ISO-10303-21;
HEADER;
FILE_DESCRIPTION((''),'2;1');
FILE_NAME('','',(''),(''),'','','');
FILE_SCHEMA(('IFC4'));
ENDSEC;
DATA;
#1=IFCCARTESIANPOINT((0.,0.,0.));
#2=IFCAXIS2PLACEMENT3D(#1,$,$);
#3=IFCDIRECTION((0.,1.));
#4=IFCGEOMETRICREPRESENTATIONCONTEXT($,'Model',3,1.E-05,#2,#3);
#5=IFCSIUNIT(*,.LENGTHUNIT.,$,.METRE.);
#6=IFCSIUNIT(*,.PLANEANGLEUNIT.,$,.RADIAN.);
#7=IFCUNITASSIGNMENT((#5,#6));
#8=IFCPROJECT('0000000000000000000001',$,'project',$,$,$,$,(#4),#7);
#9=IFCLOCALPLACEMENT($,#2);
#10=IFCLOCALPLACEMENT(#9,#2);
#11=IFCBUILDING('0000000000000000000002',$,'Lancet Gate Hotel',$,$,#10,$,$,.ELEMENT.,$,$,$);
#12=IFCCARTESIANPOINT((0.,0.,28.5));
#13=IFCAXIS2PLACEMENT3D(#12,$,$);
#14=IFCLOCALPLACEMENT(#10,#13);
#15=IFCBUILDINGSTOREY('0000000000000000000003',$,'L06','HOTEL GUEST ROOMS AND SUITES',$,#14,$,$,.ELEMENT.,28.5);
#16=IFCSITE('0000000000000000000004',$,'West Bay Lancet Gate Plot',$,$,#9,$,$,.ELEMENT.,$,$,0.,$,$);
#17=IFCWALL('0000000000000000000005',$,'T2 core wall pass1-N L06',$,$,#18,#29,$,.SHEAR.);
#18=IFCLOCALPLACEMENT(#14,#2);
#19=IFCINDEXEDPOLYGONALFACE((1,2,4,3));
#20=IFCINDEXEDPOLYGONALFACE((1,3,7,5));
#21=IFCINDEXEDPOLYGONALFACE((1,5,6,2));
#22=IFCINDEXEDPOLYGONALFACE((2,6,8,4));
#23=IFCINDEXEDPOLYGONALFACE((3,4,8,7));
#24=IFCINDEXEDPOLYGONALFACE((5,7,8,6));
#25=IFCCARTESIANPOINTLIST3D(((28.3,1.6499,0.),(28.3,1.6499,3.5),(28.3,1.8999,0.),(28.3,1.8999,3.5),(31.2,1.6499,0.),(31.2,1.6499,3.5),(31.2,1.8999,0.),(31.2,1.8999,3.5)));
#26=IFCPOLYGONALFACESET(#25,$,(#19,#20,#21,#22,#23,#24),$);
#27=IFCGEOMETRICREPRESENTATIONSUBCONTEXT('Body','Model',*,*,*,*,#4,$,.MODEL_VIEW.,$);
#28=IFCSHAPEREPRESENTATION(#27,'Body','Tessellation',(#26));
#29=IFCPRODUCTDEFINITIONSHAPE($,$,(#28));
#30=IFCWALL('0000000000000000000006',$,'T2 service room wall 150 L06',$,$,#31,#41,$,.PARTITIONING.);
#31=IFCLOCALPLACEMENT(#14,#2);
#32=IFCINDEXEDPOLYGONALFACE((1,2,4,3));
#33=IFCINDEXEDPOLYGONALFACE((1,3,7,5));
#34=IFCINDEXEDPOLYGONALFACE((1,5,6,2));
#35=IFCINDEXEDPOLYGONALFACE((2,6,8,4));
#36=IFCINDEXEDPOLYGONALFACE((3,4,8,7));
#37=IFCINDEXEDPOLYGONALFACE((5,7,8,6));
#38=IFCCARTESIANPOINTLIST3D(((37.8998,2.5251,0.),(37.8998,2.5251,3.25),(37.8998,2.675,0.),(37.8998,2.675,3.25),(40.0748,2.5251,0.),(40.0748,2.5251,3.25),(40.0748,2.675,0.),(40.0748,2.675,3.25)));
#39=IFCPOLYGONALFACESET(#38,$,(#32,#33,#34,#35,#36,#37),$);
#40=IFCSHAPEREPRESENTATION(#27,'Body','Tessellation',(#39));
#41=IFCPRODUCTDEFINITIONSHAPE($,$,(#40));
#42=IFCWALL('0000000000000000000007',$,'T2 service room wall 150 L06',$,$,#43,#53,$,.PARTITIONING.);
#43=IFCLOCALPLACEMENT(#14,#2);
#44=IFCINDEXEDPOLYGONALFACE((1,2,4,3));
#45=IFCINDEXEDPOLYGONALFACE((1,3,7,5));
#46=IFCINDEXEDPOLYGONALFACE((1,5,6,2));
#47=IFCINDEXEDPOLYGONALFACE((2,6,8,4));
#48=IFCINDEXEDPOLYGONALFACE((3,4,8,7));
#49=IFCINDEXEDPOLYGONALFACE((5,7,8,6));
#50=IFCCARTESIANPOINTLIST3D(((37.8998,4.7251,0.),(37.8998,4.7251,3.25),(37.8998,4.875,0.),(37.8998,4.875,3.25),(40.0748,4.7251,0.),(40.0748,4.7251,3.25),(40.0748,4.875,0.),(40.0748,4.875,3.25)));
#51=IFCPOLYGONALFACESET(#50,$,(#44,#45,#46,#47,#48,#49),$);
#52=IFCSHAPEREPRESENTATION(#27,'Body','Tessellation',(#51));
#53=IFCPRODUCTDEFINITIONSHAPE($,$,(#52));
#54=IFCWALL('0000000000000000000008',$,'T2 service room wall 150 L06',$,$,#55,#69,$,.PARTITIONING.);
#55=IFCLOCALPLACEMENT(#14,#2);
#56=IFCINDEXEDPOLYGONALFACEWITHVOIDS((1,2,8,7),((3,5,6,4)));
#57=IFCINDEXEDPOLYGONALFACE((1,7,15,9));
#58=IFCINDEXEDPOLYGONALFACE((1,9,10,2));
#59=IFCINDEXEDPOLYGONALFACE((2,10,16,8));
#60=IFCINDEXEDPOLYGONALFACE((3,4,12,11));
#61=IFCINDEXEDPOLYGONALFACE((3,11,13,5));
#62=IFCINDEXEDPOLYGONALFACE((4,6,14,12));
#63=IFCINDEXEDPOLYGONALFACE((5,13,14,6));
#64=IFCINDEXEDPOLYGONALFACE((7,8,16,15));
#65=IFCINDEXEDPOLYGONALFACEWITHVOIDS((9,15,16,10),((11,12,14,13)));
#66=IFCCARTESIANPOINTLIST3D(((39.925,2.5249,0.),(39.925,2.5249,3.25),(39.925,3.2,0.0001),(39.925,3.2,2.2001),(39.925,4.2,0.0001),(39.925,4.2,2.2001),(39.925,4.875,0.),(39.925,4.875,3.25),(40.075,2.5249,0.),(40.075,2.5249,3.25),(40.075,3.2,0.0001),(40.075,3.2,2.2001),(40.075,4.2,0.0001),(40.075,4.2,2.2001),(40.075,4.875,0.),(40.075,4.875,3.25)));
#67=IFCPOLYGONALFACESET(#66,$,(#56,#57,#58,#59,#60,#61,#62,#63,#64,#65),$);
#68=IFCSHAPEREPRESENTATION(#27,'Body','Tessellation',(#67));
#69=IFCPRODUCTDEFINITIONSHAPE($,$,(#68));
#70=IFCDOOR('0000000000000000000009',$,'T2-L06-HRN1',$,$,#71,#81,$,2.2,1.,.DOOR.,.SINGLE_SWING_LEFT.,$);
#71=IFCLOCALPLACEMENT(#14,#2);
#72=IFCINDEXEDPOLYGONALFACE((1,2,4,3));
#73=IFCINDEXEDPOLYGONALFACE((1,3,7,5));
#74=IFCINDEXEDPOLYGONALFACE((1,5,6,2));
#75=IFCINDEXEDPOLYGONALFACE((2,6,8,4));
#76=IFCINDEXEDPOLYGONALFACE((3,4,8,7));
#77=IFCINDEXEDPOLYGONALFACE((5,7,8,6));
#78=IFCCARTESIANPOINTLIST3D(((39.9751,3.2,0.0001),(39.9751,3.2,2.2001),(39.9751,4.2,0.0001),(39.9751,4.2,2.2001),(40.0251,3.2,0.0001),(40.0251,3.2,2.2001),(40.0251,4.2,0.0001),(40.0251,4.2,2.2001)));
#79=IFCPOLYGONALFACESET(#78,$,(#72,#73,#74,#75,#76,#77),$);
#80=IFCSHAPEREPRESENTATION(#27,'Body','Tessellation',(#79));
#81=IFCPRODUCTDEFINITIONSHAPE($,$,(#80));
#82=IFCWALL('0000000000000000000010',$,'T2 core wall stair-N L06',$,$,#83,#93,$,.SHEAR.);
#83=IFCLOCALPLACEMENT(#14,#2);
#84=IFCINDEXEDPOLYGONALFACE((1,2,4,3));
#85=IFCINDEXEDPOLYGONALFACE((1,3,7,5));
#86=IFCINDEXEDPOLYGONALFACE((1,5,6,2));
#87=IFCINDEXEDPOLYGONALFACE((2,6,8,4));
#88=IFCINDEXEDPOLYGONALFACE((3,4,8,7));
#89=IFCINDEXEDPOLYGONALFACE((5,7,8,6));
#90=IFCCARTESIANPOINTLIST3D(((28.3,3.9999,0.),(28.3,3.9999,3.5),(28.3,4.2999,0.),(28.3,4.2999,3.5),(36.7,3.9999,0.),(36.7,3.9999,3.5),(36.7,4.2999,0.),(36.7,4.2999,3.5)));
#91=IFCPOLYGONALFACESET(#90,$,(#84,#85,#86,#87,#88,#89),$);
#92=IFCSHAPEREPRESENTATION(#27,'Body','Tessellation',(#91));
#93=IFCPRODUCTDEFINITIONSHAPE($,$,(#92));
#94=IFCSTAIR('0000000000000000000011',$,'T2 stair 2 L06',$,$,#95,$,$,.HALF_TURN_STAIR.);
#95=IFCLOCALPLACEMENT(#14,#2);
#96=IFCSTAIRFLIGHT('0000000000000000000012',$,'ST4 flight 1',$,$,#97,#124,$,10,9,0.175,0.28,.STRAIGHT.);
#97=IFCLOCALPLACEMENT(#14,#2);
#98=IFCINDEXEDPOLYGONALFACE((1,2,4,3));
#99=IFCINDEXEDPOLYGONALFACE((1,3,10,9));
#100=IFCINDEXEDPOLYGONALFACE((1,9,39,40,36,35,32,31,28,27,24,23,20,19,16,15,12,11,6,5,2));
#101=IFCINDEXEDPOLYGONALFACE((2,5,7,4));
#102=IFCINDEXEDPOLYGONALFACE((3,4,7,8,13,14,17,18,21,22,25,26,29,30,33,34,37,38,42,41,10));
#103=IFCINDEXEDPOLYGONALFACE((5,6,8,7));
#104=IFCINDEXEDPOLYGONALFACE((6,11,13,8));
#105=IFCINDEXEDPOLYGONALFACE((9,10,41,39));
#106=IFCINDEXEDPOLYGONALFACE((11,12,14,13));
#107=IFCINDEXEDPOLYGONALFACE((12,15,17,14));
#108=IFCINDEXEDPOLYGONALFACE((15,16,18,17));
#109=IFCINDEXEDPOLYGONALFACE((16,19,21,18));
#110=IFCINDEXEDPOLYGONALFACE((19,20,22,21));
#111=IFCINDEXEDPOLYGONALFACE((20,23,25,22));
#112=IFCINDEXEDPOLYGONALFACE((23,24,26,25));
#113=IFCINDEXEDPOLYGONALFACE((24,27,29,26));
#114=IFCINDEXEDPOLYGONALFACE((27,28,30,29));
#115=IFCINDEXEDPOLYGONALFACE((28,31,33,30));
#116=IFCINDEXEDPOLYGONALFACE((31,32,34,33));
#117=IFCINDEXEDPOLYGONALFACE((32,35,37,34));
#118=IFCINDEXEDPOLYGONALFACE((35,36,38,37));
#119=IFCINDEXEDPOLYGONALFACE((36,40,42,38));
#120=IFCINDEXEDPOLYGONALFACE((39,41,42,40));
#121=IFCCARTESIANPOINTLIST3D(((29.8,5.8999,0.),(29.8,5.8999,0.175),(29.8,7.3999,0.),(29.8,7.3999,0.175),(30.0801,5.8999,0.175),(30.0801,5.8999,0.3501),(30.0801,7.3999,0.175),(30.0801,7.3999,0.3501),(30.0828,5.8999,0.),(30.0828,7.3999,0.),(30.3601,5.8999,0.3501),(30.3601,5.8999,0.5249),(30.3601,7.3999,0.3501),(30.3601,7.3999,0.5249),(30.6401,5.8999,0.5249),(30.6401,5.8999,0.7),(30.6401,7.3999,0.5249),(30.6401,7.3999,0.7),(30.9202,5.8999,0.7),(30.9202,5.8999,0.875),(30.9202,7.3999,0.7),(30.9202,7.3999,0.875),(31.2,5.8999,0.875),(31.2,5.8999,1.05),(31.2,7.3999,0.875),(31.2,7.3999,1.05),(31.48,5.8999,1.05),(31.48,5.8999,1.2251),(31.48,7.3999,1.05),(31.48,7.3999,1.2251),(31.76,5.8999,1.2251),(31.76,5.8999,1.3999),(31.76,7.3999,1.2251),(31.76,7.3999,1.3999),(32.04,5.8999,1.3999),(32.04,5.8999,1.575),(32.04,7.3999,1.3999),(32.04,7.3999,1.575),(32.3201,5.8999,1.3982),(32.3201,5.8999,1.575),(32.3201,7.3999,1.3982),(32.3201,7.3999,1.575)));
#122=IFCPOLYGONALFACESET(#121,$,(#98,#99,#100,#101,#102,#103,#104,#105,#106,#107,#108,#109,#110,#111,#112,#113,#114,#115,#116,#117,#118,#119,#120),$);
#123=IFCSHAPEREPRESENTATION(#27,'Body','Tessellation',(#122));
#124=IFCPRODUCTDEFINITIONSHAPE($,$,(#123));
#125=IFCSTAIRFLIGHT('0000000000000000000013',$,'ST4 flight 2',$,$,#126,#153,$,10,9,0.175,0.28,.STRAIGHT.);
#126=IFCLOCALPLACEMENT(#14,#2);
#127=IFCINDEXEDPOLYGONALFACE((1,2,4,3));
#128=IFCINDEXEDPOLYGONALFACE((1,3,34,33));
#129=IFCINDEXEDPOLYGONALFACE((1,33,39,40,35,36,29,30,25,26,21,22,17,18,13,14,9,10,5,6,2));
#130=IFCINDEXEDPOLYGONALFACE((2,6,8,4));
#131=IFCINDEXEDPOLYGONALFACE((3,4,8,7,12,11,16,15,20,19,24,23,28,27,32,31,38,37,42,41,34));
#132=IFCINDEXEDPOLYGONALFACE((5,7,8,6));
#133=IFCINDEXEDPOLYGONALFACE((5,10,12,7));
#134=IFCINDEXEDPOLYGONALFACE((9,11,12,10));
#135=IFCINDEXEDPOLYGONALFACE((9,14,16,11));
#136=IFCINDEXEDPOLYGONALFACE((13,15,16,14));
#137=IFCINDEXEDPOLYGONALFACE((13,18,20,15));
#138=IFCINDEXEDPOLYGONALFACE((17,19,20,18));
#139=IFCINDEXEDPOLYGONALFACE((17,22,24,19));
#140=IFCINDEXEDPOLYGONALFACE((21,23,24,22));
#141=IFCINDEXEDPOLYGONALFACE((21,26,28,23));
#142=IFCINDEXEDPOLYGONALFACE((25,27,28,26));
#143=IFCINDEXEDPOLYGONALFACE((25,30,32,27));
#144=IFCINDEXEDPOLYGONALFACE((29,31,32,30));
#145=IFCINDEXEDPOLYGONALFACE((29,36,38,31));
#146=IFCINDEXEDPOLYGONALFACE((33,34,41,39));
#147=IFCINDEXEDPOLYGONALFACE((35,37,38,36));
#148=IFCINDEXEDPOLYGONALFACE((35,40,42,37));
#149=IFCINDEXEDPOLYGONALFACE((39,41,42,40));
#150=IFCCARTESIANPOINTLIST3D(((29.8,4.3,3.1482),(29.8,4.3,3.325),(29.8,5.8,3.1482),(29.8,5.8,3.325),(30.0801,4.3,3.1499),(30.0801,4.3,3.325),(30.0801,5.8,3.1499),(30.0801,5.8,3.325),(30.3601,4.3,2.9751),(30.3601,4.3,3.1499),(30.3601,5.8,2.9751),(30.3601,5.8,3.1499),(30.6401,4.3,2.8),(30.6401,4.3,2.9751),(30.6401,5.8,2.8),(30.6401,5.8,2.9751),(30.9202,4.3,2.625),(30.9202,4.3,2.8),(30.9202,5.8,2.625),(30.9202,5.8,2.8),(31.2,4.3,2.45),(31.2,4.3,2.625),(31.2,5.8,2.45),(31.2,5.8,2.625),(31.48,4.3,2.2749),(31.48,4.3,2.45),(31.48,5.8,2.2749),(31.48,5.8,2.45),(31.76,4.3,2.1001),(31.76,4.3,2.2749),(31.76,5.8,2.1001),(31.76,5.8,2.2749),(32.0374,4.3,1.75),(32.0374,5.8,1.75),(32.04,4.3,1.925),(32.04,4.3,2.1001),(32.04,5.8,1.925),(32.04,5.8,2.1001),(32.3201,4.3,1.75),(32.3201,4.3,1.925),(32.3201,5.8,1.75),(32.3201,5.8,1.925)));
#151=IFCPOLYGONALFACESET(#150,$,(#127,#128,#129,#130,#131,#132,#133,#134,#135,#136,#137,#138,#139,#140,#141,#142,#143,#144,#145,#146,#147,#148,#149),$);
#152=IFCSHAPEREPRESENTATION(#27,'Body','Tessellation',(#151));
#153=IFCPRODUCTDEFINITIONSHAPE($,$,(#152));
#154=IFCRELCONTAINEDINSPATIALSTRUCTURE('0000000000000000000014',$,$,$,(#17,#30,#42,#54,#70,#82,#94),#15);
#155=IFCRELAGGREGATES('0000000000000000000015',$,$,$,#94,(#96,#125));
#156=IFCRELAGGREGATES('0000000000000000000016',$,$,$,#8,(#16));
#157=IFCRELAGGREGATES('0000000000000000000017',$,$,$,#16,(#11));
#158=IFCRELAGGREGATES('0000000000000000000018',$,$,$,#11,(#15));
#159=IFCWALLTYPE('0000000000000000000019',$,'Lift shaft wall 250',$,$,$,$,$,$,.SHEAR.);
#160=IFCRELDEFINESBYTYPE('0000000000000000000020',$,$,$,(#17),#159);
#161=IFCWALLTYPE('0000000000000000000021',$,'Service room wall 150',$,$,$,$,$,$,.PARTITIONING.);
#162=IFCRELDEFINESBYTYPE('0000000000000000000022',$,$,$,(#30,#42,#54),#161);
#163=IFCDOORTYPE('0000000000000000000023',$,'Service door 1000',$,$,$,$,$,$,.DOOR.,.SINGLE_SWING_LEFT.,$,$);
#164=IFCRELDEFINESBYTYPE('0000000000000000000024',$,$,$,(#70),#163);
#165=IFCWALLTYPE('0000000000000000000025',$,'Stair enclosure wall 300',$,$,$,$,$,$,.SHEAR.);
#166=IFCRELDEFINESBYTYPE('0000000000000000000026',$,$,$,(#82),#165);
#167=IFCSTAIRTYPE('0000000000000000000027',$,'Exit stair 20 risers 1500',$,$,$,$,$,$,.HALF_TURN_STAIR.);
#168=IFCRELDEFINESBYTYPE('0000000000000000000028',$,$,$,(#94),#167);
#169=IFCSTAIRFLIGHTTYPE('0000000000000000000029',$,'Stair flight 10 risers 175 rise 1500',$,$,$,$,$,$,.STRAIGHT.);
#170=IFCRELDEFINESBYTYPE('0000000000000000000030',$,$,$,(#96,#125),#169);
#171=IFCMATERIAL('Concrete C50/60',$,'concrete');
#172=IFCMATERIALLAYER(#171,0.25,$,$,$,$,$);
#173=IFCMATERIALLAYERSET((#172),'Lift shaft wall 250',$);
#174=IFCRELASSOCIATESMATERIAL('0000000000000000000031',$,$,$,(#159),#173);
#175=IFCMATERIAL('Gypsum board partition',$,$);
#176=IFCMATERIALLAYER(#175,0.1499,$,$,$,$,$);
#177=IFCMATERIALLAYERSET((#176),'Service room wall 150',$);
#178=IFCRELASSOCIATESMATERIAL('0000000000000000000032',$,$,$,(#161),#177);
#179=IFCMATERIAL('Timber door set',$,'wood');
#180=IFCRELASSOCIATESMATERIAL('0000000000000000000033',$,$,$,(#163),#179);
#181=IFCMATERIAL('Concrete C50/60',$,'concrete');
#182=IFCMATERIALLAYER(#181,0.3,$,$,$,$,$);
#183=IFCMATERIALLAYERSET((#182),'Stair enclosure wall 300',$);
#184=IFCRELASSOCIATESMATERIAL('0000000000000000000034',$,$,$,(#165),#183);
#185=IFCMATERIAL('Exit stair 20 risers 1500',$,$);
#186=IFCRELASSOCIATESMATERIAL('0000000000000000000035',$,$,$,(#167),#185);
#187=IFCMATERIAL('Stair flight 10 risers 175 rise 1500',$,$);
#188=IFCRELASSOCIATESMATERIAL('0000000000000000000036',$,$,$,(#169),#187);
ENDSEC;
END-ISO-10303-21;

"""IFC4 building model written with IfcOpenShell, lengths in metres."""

from ifc_helpers import new_model, si_unit, direction, frame, frame_2d, origin, place, context, subcontext, project, spatial, polyline, rectangle, outline, extrude, material, layer, layer_set, type_object, element, fill, aggregate, save


model = new_model("IFC4")

# Units and contexts
model_context = context("Model", 3, precision=1e-05, world=origin(), true_north=direction((0.0, 1.0)))
body_context = subcontext(model_context, "Body", "Model", "MODEL_VIEW")
ifc_project = project(units=[si_unit("LENGTHUNIT", "METRE"), si_unit("PLANEANGLEUNIT", "RADIAN")], contexts=[model_context])

# Site, building, storey
site_placement = place(None, origin())
site = spatial("IfcSite", under=ifc_project, at=site_placement, Name="West Bay Lancet Gate Plot", CompositionType="ELEMENT", RefElevation=0.0)
building_placement = place(site_placement, origin())
building = spatial("IfcBuilding", under=site, at=building_placement, Name="Lancet Gate Hotel", CompositionType="ELEMENT")
storey_placement = place(building_placement, frame((0.0, 0.0, 28.5)))
storey = spatial("IfcBuildingStorey", under=building, at=storey_placement, Name="L06", Description="HOTEL GUEST ROOMS AND SUITES", CompositionType="ELEMENT", Elevation=28.5)

# Shared definitions
ifc_material_1 = material(Name="Concrete C50/60", Category="concrete")
ifc_layer_1 = layer(ifc_material_1, 0.25)
ifc_layer_set_1 = layer_set([ifc_layer_1], Name="Lift shaft wall 250")
wall_type_1 = type_object("IfcWallType", Name="Lift shaft wall 250", PredefinedType="SHEAR", material=ifc_layer_set_1)

# Walls
wall_1_placement = place(storey_placement, frame((28.3, 1.7749, 0.0), z_axis=(0.0, 0.0, 1.0), x_axis=(1.0, 0.0, 0.0)))
element("IfcWall", 1, at=wall_1_placement, inside=storey, type_object=wall_type_1, Name="T2 core wall pass1-N L06", PredefinedType="SHEAR", context=body_context, shape_type="SweptSolid", body=[
    extrude(rectangle(XDim=2.8999, YDim=0.25, at=frame_2d((1.45, 0.0))), origin(), (0.0, 0.0, 1.0), 3.5),
])
ifc_material_2 = material(Name="Gypsum board partition")
ifc_layer_2 = layer(ifc_material_2, 0.1499)
ifc_layer_set_2 = layer_set([ifc_layer_2], Name="Service room wall 150")
wall_type_2 = type_object("IfcWallType", Name="Service room wall 150", PredefinedType="PARTITIONING", material=ifc_layer_set_2)
for number, where, z_axis, x_axis, name in (
    (2, (37.8999, 2.6001, 0.0), (0.0, 0.0, 1.0), (1.0, 0.0, 0.0), "T2 service room wall 150 L06"),
    (3, (37.8999, 4.8, 0.0), (0.0, 0.0, 1.0), (1.0, 0.0, 0.0), "T2 service room wall 150 L06"),
):
    element("IfcWall", number, at=place(storey_placement, frame(where, z_axis=z_axis, x_axis=x_axis)), inside=storey, type_object=wall_type_2, Name=name, PredefinedType="PARTITIONING", context=body_context, shape_type="SweptSolid", body=[
        extrude(rectangle(XDim=2.175, YDim=0.1499, at=frame_2d((1.0874, 0.0))), origin(), (0.0, 0.0, 1.0), 3.25),
    ])

# Wall, opening, door
wall_2_placement = place(storey_placement, frame((40.0, 2.5249, 0.0), z_axis=(0.0, 0.0, 1.0), x_axis=(0.0, 1.0, 0.0)))
wall_2 = element("IfcWall", 4, at=wall_2_placement, inside=storey, type_object=wall_type_2, Name="T2 service room wall 150 L06", PredefinedType="PARTITIONING", context=body_context, shape_type="SweptSolid", body=[
    extrude(rectangle(XDim=2.3501, YDim=0.1499, at=frame_2d((1.175, 0.0))), origin(), (0.0, 0.0, 1.0), 3.25),
])
opening_1_placement = place(wall_2_placement, frame((0.675, 0.0, 0.0)))
opening_1 = element("IfcOpeningElement", 5, at=opening_1_placement, cuts=wall_2, PredefinedType="OPENING", context=body_context, shape_type="SweptSolid", body=[
    extrude(rectangle(XDim=1.0, YDim=2.2, at=frame_2d((0.5, 1.1001))), frame((0.0, 0.085, 0.0), z_axis=(0.0, -1.0, 0.0), x_axis=(1.0, 0.0, 0.0)), (0.0, 0.0, 1.0), 0.1699),
])
ifc_material_3 = material(Name="Timber door set", Category="wood")
door_type_1 = type_object("IfcDoorType", Name="Service door 1000", OperationType="SINGLE_SWING_LEFT", PredefinedType="DOOR", material=ifc_material_3)
door_1_placement = place(opening_1_placement, origin())
door_1 = element("IfcDoor", 6, at=door_1_placement, inside=storey, type_object=door_type_1, Name="T2-L06-HRN1", OperationType="SINGLE_SWING_LEFT", OverallHeight=2.2, OverallWidth=1.0, PredefinedType="DOOR", context=body_context, shape_type="SweptSolid", body=[
    extrude(rectangle(XDim=1.0, YDim=2.2, at=frame_2d((0.5, 1.1001))), frame((0.0, 0.0249, 0.0), z_axis=(0.0, -1.0, 0.0), x_axis=(1.0, 0.0, 0.0)), (0.0, 0.0, 1.0), 0.05),
])
fill(opening_1, door_1)

# Wall
ifc_material_4 = material(Name="Concrete C50/60", Category="concrete")
ifc_layer_3 = layer(ifc_material_4, 0.3)
ifc_layer_set_3 = layer_set([ifc_layer_3], Name="Stair enclosure wall 300")
wall_type_3 = type_object("IfcWallType", Name="Stair enclosure wall 300", PredefinedType="SHEAR", material=ifc_layer_set_3)
wall_3_placement = place(storey_placement, frame((28.3, 4.1499, 0.0), z_axis=(0.0, 0.0, 1.0), x_axis=(1.0, 0.0, 0.0)))
element("IfcWall", 7, at=wall_3_placement, inside=storey, type_object=wall_type_3, Name="T2 core wall stair-N L06", PredefinedType="SHEAR", context=body_context, shape_type="SweptSolid", body=[
    extrude(rectangle(XDim=8.3999, YDim=0.3, at=frame_2d((4.2, 0.0))), origin(), (0.0, 0.0, 1.0), 3.5),
])

# Stair, stair flights
ifc_material_5 = material(Name="Exit stair 20 risers 1500")
stair_type = type_object("IfcStairType", Name="Exit stair 20 risers 1500", PredefinedType="HALF_TURN_STAIR", material=ifc_material_5)
stair_placement = place(storey_placement, origin())
stair = element("IfcStair", 8, at=stair_placement, inside=storey, type_object=stair_type, Name="T2 stair 2 L06", PredefinedType="HALF_TURN_STAIR")
ifc_material_6 = material(Name="Stair flight 10 risers 175 rise 1500")
stair_flight_type = type_object("IfcStairFlightType", Name="Stair flight 10 risers 175 rise 1500", PredefinedType="STRAIGHT", material=ifc_material_6)
stair_flight_1_placement = place(storey_placement, frame((29.8, 6.6499, 0.0), z_axis=(0.0, 0.0, 1.0), x_axis=(1.0, 0.0, 0.0)))
stair_flight_1 = element("IfcStairFlight", 9, at=stair_flight_1_placement, type_object=stair_flight_type, Name="ST4 flight 1", NumberOfRisers=10, NumberOfTreads=9, PredefinedType="STRAIGHT", RiserHeight=0.175, TreadLength=0.28, context=body_context, shape_type="SweptSolid", body=[
    extrude(outline(polyline([(0.0, 0.0), (0.0, 0.175), (0.28, 0.175), (0.28, 0.3501), (0.5601, 0.3501), (0.5601, 0.5249), (0.8401, 0.5249), (0.8401, 0.7), (1.1201, 0.7), (1.1201, 0.875), (1.3999, 0.875), (1.3999, 1.05), (1.6799, 1.05), (1.6799, 1.2251), (1.96, 1.2251), (1.96, 1.3999), (2.24, 1.3999), (2.24, 1.575), (2.52, 1.575), (2.52, 1.75), (2.52, 1.3982), (0.2827, 0.0), (0.0, 0.0)])), frame((0.0, 0.75, 0.0), z_axis=(0.0, -1.0, 0.0), x_axis=(1.0, 0.0, 0.0)), (0.0, 0.0, 1.0), 1.5),
])
stair_flight_2_placement = place(storey_placement, frame((32.3201, 5.05, 1.75), z_axis=(0.0, 0.0, 1.0), x_axis=(-1.0, 0.0, 0.0)))
stair_flight_2 = element("IfcStairFlight", 10, at=stair_flight_2_placement, type_object=stair_flight_type, Name="ST4 flight 2", NumberOfRisers=10, NumberOfTreads=9, PredefinedType="STRAIGHT", RiserHeight=0.175, TreadLength=0.28, context=body_context, shape_type="SweptSolid", body=[
    extrude(outline(polyline([(0.0, 0.0), (0.0, 0.175), (0.28, 0.175), (0.28, 0.3501), (0.5601, 0.3501), (0.5601, 0.5249), (0.8401, 0.5249), (0.8401, 0.7), (1.1201, 0.7), (1.1201, 0.875), (1.3999, 0.875), (1.3999, 1.05), (1.6799, 1.05), (1.6799, 1.2251), (1.96, 1.2251), (1.96, 1.3999), (2.24, 1.3999), (2.24, 1.575), (2.52, 1.575), (2.52, 1.75), (2.52, 1.3982), (0.2827, 0.0), (0.0, 0.0)])), frame((0.0, 0.75, 0.0), z_axis=(0.0, -1.0, 0.0), x_axis=(1.0, 0.0, 0.0)), (0.0, 0.0, 1.0), 1.5),
])
aggregate(stair, [stair_flight_1, stair_flight_2])

save(model, "model.ifc")
